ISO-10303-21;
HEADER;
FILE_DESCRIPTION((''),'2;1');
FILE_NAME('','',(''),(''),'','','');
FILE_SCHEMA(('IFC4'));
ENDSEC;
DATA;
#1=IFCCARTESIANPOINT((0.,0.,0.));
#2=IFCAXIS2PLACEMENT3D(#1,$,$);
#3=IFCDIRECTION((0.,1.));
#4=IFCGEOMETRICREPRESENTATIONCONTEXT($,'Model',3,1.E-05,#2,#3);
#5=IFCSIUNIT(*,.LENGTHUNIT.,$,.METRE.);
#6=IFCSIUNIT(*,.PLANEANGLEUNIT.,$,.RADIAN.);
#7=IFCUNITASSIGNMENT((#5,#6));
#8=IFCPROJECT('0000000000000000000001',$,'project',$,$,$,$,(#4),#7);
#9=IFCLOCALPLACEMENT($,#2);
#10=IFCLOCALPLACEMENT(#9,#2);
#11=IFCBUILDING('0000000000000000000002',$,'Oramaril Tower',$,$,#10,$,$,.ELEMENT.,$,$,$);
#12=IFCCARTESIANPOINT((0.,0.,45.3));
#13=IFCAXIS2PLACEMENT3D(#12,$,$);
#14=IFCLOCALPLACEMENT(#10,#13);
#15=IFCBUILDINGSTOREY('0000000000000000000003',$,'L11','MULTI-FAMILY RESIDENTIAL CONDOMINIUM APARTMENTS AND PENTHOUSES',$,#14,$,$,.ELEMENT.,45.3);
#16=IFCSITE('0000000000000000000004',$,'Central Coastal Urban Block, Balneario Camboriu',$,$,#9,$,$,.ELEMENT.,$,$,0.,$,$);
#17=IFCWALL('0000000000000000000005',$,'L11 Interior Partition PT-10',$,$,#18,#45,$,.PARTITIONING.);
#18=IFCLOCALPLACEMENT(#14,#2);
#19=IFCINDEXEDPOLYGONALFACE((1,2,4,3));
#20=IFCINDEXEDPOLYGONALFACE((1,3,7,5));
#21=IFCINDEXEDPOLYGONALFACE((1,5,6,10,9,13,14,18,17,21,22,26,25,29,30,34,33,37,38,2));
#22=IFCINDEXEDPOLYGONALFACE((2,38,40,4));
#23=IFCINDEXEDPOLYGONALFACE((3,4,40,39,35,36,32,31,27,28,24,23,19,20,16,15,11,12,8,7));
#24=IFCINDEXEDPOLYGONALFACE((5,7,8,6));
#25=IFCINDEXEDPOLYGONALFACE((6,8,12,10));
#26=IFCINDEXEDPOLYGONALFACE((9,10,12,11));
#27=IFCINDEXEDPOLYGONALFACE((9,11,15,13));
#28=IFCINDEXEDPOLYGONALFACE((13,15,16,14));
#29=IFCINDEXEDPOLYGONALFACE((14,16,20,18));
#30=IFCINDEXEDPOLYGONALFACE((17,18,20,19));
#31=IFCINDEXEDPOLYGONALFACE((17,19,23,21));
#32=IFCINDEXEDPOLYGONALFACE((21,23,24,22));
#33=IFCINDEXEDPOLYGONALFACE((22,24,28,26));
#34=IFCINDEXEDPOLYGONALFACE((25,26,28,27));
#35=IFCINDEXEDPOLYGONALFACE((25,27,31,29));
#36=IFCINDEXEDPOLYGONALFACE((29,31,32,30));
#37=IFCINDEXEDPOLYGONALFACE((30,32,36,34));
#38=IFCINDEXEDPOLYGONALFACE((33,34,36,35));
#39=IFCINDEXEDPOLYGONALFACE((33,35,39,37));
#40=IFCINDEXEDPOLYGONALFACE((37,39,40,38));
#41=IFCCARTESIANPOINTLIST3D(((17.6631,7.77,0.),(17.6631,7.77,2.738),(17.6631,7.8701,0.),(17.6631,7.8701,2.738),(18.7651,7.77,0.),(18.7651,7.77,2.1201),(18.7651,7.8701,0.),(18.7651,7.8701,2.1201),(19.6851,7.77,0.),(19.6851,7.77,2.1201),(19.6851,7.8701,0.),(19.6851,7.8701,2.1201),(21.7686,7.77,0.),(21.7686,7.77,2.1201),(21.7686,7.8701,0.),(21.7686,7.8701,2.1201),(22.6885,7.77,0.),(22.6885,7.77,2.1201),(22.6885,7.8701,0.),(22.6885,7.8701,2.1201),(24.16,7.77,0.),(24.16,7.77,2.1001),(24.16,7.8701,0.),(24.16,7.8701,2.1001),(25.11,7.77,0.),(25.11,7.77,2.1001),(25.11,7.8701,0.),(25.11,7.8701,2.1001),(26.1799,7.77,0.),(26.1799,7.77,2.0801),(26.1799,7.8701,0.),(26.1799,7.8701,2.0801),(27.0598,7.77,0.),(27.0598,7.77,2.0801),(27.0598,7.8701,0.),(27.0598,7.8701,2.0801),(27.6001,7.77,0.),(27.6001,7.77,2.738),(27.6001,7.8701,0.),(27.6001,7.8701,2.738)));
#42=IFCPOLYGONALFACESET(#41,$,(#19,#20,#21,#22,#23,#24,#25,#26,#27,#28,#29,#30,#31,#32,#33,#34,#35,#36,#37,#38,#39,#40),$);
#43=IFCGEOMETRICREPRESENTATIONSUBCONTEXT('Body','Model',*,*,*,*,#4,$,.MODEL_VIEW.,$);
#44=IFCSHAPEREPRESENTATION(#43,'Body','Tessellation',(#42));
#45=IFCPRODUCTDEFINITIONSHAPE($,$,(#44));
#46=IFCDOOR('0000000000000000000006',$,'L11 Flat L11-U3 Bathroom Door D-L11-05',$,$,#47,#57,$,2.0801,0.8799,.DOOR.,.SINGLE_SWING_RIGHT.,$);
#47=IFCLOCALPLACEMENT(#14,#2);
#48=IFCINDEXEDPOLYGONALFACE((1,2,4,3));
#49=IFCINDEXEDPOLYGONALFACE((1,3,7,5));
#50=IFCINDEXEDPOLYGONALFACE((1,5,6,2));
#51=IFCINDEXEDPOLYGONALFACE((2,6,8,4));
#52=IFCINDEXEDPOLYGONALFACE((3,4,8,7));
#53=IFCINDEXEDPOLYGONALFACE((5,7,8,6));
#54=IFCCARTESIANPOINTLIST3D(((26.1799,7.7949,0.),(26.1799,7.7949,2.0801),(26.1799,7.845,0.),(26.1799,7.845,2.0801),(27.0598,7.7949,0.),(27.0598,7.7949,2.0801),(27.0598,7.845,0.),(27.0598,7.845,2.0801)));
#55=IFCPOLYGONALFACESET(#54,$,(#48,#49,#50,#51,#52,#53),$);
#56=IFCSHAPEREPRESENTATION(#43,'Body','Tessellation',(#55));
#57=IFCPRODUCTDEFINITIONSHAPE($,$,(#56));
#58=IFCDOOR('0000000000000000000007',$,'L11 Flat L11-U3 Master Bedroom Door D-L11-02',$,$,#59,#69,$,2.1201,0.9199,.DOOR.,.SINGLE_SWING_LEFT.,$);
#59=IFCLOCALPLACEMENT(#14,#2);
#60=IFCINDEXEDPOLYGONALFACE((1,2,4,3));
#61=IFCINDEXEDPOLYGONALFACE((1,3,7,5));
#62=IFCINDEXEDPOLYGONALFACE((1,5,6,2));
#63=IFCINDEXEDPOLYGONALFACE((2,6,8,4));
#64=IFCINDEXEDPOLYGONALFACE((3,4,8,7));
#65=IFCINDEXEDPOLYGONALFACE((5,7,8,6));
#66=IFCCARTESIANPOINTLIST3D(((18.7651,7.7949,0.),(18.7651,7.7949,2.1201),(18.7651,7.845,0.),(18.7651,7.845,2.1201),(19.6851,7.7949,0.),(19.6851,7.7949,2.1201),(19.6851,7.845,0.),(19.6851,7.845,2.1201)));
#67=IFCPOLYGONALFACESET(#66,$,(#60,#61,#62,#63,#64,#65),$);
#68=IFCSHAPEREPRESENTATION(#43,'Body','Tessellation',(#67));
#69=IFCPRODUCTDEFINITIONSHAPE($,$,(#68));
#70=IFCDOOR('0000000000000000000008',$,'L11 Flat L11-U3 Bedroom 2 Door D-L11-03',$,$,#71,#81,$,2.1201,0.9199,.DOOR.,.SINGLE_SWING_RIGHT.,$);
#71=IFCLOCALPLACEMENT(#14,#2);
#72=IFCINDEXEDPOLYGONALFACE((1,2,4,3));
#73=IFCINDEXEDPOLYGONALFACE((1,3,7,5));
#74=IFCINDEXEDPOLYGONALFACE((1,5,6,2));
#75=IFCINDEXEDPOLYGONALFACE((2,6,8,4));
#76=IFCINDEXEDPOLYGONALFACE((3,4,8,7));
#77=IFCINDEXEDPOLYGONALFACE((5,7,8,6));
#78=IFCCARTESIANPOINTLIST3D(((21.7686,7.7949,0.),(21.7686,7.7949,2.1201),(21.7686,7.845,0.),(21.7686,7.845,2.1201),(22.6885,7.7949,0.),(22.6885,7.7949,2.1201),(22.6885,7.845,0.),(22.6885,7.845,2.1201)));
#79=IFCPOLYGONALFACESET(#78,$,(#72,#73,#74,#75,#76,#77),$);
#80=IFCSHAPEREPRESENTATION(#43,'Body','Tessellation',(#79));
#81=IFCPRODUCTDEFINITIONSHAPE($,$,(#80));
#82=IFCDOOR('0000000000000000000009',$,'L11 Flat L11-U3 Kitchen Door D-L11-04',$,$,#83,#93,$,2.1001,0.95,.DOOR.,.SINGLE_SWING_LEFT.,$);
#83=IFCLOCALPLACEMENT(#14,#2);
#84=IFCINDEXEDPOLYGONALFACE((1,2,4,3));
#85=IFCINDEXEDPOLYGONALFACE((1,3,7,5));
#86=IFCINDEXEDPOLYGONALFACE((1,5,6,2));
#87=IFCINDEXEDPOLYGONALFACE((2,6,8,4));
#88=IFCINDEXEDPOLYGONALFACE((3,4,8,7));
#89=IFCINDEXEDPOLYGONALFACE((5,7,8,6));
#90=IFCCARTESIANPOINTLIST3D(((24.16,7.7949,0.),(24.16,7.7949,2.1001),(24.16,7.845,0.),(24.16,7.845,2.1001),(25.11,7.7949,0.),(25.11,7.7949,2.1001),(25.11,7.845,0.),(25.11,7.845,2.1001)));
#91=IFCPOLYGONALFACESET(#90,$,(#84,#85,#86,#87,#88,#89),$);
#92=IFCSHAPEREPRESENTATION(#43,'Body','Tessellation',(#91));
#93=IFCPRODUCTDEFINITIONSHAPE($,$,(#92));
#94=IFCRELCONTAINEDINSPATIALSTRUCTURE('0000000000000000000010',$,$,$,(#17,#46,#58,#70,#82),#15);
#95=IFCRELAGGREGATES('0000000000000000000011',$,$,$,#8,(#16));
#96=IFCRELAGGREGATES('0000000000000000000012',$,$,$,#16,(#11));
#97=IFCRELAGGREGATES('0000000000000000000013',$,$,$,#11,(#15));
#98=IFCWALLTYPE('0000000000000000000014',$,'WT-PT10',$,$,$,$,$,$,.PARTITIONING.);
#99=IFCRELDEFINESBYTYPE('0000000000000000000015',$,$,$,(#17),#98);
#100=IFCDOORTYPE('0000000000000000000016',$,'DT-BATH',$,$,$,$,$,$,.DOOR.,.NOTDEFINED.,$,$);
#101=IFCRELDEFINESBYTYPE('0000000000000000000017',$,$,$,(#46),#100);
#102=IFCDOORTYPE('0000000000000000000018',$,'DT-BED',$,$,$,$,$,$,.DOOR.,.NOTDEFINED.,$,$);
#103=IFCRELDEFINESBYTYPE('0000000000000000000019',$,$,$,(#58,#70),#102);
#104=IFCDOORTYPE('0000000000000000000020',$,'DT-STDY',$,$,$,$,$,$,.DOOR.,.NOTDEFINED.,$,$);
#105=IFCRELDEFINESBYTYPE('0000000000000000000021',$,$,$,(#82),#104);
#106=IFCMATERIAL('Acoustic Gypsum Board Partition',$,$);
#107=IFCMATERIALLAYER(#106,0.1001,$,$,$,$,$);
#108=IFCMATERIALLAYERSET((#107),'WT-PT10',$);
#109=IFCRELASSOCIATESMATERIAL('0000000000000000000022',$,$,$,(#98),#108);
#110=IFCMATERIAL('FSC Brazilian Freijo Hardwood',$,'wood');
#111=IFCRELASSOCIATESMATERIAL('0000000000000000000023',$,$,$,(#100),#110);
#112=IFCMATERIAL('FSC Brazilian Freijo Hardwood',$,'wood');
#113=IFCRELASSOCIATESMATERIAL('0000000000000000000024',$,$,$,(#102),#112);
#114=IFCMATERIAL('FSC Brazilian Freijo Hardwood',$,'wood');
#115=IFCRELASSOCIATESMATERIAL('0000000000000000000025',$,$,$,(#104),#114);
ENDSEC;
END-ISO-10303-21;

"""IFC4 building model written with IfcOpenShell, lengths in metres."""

from ifc_helpers import new_model, si_unit, direction, frame, frame_2d, origin, place, context, subcontext, project, spatial, rectangle, extrude, material, layer, layer_set, type_object, element, fill, save


model = new_model("IFC4")

# Units and contexts
model_context = context("Model", 3, precision=1e-05, world=origin(), true_north=direction((0.0, 1.0)))
body_context = subcontext(model_context, "Body", "Model", "MODEL_VIEW")
ifc_project = project(units=[si_unit("LENGTHUNIT", "METRE"), si_unit("PLANEANGLEUNIT", "RADIAN")], contexts=[model_context])

# Site, building, storey
site_placement = place(None, origin())
site = spatial("IfcSite", under=ifc_project, at=site_placement, Name="Central Coastal Urban Block, Balneario Camboriu", CompositionType="ELEMENT", RefElevation=0.0)
building_placement = place(site_placement, origin())
building = spatial("IfcBuilding", under=site, at=building_placement, Name="Oramaril Tower", CompositionType="ELEMENT")
storey_placement = place(building_placement, frame((0.0, 0.0, 45.3)))
storey = spatial("IfcBuildingStorey", under=building, at=storey_placement, Name="L11", Description="MULTI-FAMILY RESIDENTIAL CONDOMINIUM APARTMENTS AND PENTHOUSES", CompositionType="ELEMENT", Elevation=45.3)

# Wall, openings, doors
ifc_material_1 = material(Name="Acoustic Gypsum Board Partition")
ifc_layer_1 = layer(ifc_material_1, 0.1001)
ifc_layer_set_1 = layer_set([ifc_layer_1], Name="WT-PT10")
wall_type_1 = type_object("IfcWallType", Name="WT-PT10", PredefinedType="PARTITIONING", material=ifc_layer_set_1)
wall_1_placement = place(storey_placement, frame((17.6631, 7.8201, 0.0), z_axis=(0.0, 0.0, 1.0), x_axis=(1.0, 0.0, 0.0)))
wall_1 = element("IfcWall", 1, at=wall_1_placement, inside=storey, type_object=wall_type_1, Name="L11 Interior Partition PT-10", PredefinedType="PARTITIONING", context=body_context, shape_type="SweptSolid", body=[
    extrude(rectangle(XDim=9.937, YDim=0.1001, at=frame_2d((4.9685, 0.0))), origin(), (0.0, 0.0, 1.0), 2.738),
])
opening_1_placement = place(wall_1_placement, frame((1.1021, 0.0, 0.0)))
opening_1 = element("IfcOpeningElement", 2, at=opening_1_placement, cuts=wall_1, PredefinedType="OPENING", context=body_context, shape_type="SweptSolid", body=[
    extrude(rectangle(XDim=0.9199, YDim=2.1201, at=frame_2d((0.46, 1.0601))), frame((0.0, 0.05, 0.0), z_axis=(0.0, -1.0, 0.0), x_axis=(1.0, 0.0, 0.0)), (0.0, 0.0, 1.0), 0.1001),
])
opening_2_placement = place(wall_1_placement, frame((4.1055, 0.0, 0.0)))
opening_2 = element("IfcOpeningElement", 3, at=opening_2_placement, cuts=wall_1, PredefinedType="OPENING", context=body_context, shape_type="SweptSolid", body=[
    extrude(rectangle(XDim=0.9199, YDim=2.1201, at=frame_2d((0.46, 1.0601))), frame((0.0, 0.05, 0.0), z_axis=(0.0, -1.0, 0.0), x_axis=(1.0, 0.0, 0.0)), (0.0, 0.0, 1.0), 0.1001),
])
opening_3_placement = place(wall_1_placement, frame((6.4968, 0.0, 0.0)))
opening_3 = element("IfcOpeningElement", 4, at=opening_3_placement, cuts=wall_1, PredefinedType="OPENING", context=body_context, shape_type="SweptSolid", body=[
    extrude(rectangle(XDim=0.95, YDim=2.1001, at=frame_2d((0.4751, 1.05))), frame((0.0, 0.05, 0.0), z_axis=(0.0, -1.0, 0.0), x_axis=(1.0, 0.0, 0.0)), (0.0, 0.0, 1.0), 0.1001),
])
opening_4_placement = place(wall_1_placement, frame((8.5168, 0.0, 0.0)))
opening_4 = element("IfcOpeningElement", 5, at=opening_4_placement, cuts=wall_1, PredefinedType="OPENING", context=body_context, shape_type="SweptSolid", body=[
    extrude(rectangle(XDim=0.8799, YDim=2.0801, at=frame_2d((0.4399, 1.04))), frame((0.0, 0.05, 0.0), z_axis=(0.0, -1.0, 0.0), x_axis=(1.0, 0.0, 0.0)), (0.0, 0.0, 1.0), 0.1001),
])
ifc_material_2 = material(Name="FSC Brazilian Freijo Hardwood", Category="wood")
door_type_1 = type_object("IfcDoorType", Name="DT-BATH", OperationType="NOTDEFINED", PredefinedType="DOOR", material=ifc_material_2)
door_1_placement = place(opening_4_placement, origin())
door_1 = element("IfcDoor", 6, at=door_1_placement, inside=storey, type_object=door_type_1, Name="L11 Flat L11-U3 Bathroom Door D-L11-05", OperationType="SINGLE_SWING_RIGHT", OverallHeight=2.0801, OverallWidth=0.8799, PredefinedType="DOOR", context=body_context, shape_type="SweptSolid", body=[
    extrude(rectangle(XDim=0.8799, YDim=2.0801, at=frame_2d((0.4399, 1.04))), frame((0.0, 0.0249, 0.0), z_axis=(0.0, -1.0, 0.0), x_axis=(1.0, 0.0, 0.0)), (0.0, 0.0, 1.0), 0.05),
])
fill(opening_4, door_1)
ifc_material_3 = material(Name="FSC Brazilian Freijo Hardwood", Category="wood")
door_type_2 = type_object("IfcDoorType", Name="DT-BED", OperationType="NOTDEFINED", PredefinedType="DOOR", material=ifc_material_3)
door_2_placement = place(opening_1_placement, origin())
door_2 = element("IfcDoor", 7, at=door_2_placement, inside=storey, type_object=door_type_2, Name="L11 Flat L11-U3 Master Bedroom Door D-L11-02", OperationType="SINGLE_SWING_LEFT", OverallHeight=2.1201, OverallWidth=0.9199, PredefinedType="DOOR", context=body_context, shape_type="SweptSolid", body=[
    extrude(rectangle(XDim=0.9199, YDim=2.1201, at=frame_2d((0.46, 1.0601))), frame((0.0, 0.0249, 0.0), z_axis=(0.0, -1.0, 0.0), x_axis=(1.0, 0.0, 0.0)), (0.0, 0.0, 1.0), 0.05),
])
fill(opening_1, door_2)
door_3_placement = place(opening_2_placement, origin())
door_3 = element("IfcDoor", 8, at=door_3_placement, inside=storey, type_object=door_type_2, Name="L11 Flat L11-U3 Bedroom 2 Door D-L11-03", OperationType="SINGLE_SWING_RIGHT", OverallHeight=2.1201, OverallWidth=0.9199, PredefinedType="DOOR", context=body_context, shape_type="SweptSolid", body=[
    extrude(rectangle(XDim=0.9199, YDim=2.1201, at=frame_2d((0.46, 1.0601))), frame((0.0, 0.0249, 0.0), z_axis=(0.0, -1.0, 0.0), x_axis=(1.0, 0.0, 0.0)), (0.0, 0.0, 1.0), 0.05),
])
fill(opening_2, door_3)
ifc_material_4 = material(Name="FSC Brazilian Freijo Hardwood", Category="wood")
door_type_3 = type_object("IfcDoorType", Name="DT-STDY", OperationType="NOTDEFINED", PredefinedType="DOOR", material=ifc_material_4)
door_4_placement = place(opening_3_placement, origin())
door_4 = element("IfcDoor", 9, at=door_4_placement, inside=storey, type_object=door_type_3, Name="L11 Flat L11-U3 Kitchen Door D-L11-04", OperationType="SINGLE_SWING_LEFT", OverallHeight=2.1001, OverallWidth=0.95, PredefinedType="DOOR", context=body_context, shape_type="SweptSolid", body=[
    extrude(rectangle(XDim=0.95, YDim=2.1001, at=frame_2d((0.4751, 1.05))), frame((0.0, 0.0249, 0.0), z_axis=(0.0, -1.0, 0.0), x_axis=(1.0, 0.0, 0.0)), (0.0, 0.0, 1.0), 0.05),
])
fill(opening_3, door_4)

save(model, "model.ifc")
